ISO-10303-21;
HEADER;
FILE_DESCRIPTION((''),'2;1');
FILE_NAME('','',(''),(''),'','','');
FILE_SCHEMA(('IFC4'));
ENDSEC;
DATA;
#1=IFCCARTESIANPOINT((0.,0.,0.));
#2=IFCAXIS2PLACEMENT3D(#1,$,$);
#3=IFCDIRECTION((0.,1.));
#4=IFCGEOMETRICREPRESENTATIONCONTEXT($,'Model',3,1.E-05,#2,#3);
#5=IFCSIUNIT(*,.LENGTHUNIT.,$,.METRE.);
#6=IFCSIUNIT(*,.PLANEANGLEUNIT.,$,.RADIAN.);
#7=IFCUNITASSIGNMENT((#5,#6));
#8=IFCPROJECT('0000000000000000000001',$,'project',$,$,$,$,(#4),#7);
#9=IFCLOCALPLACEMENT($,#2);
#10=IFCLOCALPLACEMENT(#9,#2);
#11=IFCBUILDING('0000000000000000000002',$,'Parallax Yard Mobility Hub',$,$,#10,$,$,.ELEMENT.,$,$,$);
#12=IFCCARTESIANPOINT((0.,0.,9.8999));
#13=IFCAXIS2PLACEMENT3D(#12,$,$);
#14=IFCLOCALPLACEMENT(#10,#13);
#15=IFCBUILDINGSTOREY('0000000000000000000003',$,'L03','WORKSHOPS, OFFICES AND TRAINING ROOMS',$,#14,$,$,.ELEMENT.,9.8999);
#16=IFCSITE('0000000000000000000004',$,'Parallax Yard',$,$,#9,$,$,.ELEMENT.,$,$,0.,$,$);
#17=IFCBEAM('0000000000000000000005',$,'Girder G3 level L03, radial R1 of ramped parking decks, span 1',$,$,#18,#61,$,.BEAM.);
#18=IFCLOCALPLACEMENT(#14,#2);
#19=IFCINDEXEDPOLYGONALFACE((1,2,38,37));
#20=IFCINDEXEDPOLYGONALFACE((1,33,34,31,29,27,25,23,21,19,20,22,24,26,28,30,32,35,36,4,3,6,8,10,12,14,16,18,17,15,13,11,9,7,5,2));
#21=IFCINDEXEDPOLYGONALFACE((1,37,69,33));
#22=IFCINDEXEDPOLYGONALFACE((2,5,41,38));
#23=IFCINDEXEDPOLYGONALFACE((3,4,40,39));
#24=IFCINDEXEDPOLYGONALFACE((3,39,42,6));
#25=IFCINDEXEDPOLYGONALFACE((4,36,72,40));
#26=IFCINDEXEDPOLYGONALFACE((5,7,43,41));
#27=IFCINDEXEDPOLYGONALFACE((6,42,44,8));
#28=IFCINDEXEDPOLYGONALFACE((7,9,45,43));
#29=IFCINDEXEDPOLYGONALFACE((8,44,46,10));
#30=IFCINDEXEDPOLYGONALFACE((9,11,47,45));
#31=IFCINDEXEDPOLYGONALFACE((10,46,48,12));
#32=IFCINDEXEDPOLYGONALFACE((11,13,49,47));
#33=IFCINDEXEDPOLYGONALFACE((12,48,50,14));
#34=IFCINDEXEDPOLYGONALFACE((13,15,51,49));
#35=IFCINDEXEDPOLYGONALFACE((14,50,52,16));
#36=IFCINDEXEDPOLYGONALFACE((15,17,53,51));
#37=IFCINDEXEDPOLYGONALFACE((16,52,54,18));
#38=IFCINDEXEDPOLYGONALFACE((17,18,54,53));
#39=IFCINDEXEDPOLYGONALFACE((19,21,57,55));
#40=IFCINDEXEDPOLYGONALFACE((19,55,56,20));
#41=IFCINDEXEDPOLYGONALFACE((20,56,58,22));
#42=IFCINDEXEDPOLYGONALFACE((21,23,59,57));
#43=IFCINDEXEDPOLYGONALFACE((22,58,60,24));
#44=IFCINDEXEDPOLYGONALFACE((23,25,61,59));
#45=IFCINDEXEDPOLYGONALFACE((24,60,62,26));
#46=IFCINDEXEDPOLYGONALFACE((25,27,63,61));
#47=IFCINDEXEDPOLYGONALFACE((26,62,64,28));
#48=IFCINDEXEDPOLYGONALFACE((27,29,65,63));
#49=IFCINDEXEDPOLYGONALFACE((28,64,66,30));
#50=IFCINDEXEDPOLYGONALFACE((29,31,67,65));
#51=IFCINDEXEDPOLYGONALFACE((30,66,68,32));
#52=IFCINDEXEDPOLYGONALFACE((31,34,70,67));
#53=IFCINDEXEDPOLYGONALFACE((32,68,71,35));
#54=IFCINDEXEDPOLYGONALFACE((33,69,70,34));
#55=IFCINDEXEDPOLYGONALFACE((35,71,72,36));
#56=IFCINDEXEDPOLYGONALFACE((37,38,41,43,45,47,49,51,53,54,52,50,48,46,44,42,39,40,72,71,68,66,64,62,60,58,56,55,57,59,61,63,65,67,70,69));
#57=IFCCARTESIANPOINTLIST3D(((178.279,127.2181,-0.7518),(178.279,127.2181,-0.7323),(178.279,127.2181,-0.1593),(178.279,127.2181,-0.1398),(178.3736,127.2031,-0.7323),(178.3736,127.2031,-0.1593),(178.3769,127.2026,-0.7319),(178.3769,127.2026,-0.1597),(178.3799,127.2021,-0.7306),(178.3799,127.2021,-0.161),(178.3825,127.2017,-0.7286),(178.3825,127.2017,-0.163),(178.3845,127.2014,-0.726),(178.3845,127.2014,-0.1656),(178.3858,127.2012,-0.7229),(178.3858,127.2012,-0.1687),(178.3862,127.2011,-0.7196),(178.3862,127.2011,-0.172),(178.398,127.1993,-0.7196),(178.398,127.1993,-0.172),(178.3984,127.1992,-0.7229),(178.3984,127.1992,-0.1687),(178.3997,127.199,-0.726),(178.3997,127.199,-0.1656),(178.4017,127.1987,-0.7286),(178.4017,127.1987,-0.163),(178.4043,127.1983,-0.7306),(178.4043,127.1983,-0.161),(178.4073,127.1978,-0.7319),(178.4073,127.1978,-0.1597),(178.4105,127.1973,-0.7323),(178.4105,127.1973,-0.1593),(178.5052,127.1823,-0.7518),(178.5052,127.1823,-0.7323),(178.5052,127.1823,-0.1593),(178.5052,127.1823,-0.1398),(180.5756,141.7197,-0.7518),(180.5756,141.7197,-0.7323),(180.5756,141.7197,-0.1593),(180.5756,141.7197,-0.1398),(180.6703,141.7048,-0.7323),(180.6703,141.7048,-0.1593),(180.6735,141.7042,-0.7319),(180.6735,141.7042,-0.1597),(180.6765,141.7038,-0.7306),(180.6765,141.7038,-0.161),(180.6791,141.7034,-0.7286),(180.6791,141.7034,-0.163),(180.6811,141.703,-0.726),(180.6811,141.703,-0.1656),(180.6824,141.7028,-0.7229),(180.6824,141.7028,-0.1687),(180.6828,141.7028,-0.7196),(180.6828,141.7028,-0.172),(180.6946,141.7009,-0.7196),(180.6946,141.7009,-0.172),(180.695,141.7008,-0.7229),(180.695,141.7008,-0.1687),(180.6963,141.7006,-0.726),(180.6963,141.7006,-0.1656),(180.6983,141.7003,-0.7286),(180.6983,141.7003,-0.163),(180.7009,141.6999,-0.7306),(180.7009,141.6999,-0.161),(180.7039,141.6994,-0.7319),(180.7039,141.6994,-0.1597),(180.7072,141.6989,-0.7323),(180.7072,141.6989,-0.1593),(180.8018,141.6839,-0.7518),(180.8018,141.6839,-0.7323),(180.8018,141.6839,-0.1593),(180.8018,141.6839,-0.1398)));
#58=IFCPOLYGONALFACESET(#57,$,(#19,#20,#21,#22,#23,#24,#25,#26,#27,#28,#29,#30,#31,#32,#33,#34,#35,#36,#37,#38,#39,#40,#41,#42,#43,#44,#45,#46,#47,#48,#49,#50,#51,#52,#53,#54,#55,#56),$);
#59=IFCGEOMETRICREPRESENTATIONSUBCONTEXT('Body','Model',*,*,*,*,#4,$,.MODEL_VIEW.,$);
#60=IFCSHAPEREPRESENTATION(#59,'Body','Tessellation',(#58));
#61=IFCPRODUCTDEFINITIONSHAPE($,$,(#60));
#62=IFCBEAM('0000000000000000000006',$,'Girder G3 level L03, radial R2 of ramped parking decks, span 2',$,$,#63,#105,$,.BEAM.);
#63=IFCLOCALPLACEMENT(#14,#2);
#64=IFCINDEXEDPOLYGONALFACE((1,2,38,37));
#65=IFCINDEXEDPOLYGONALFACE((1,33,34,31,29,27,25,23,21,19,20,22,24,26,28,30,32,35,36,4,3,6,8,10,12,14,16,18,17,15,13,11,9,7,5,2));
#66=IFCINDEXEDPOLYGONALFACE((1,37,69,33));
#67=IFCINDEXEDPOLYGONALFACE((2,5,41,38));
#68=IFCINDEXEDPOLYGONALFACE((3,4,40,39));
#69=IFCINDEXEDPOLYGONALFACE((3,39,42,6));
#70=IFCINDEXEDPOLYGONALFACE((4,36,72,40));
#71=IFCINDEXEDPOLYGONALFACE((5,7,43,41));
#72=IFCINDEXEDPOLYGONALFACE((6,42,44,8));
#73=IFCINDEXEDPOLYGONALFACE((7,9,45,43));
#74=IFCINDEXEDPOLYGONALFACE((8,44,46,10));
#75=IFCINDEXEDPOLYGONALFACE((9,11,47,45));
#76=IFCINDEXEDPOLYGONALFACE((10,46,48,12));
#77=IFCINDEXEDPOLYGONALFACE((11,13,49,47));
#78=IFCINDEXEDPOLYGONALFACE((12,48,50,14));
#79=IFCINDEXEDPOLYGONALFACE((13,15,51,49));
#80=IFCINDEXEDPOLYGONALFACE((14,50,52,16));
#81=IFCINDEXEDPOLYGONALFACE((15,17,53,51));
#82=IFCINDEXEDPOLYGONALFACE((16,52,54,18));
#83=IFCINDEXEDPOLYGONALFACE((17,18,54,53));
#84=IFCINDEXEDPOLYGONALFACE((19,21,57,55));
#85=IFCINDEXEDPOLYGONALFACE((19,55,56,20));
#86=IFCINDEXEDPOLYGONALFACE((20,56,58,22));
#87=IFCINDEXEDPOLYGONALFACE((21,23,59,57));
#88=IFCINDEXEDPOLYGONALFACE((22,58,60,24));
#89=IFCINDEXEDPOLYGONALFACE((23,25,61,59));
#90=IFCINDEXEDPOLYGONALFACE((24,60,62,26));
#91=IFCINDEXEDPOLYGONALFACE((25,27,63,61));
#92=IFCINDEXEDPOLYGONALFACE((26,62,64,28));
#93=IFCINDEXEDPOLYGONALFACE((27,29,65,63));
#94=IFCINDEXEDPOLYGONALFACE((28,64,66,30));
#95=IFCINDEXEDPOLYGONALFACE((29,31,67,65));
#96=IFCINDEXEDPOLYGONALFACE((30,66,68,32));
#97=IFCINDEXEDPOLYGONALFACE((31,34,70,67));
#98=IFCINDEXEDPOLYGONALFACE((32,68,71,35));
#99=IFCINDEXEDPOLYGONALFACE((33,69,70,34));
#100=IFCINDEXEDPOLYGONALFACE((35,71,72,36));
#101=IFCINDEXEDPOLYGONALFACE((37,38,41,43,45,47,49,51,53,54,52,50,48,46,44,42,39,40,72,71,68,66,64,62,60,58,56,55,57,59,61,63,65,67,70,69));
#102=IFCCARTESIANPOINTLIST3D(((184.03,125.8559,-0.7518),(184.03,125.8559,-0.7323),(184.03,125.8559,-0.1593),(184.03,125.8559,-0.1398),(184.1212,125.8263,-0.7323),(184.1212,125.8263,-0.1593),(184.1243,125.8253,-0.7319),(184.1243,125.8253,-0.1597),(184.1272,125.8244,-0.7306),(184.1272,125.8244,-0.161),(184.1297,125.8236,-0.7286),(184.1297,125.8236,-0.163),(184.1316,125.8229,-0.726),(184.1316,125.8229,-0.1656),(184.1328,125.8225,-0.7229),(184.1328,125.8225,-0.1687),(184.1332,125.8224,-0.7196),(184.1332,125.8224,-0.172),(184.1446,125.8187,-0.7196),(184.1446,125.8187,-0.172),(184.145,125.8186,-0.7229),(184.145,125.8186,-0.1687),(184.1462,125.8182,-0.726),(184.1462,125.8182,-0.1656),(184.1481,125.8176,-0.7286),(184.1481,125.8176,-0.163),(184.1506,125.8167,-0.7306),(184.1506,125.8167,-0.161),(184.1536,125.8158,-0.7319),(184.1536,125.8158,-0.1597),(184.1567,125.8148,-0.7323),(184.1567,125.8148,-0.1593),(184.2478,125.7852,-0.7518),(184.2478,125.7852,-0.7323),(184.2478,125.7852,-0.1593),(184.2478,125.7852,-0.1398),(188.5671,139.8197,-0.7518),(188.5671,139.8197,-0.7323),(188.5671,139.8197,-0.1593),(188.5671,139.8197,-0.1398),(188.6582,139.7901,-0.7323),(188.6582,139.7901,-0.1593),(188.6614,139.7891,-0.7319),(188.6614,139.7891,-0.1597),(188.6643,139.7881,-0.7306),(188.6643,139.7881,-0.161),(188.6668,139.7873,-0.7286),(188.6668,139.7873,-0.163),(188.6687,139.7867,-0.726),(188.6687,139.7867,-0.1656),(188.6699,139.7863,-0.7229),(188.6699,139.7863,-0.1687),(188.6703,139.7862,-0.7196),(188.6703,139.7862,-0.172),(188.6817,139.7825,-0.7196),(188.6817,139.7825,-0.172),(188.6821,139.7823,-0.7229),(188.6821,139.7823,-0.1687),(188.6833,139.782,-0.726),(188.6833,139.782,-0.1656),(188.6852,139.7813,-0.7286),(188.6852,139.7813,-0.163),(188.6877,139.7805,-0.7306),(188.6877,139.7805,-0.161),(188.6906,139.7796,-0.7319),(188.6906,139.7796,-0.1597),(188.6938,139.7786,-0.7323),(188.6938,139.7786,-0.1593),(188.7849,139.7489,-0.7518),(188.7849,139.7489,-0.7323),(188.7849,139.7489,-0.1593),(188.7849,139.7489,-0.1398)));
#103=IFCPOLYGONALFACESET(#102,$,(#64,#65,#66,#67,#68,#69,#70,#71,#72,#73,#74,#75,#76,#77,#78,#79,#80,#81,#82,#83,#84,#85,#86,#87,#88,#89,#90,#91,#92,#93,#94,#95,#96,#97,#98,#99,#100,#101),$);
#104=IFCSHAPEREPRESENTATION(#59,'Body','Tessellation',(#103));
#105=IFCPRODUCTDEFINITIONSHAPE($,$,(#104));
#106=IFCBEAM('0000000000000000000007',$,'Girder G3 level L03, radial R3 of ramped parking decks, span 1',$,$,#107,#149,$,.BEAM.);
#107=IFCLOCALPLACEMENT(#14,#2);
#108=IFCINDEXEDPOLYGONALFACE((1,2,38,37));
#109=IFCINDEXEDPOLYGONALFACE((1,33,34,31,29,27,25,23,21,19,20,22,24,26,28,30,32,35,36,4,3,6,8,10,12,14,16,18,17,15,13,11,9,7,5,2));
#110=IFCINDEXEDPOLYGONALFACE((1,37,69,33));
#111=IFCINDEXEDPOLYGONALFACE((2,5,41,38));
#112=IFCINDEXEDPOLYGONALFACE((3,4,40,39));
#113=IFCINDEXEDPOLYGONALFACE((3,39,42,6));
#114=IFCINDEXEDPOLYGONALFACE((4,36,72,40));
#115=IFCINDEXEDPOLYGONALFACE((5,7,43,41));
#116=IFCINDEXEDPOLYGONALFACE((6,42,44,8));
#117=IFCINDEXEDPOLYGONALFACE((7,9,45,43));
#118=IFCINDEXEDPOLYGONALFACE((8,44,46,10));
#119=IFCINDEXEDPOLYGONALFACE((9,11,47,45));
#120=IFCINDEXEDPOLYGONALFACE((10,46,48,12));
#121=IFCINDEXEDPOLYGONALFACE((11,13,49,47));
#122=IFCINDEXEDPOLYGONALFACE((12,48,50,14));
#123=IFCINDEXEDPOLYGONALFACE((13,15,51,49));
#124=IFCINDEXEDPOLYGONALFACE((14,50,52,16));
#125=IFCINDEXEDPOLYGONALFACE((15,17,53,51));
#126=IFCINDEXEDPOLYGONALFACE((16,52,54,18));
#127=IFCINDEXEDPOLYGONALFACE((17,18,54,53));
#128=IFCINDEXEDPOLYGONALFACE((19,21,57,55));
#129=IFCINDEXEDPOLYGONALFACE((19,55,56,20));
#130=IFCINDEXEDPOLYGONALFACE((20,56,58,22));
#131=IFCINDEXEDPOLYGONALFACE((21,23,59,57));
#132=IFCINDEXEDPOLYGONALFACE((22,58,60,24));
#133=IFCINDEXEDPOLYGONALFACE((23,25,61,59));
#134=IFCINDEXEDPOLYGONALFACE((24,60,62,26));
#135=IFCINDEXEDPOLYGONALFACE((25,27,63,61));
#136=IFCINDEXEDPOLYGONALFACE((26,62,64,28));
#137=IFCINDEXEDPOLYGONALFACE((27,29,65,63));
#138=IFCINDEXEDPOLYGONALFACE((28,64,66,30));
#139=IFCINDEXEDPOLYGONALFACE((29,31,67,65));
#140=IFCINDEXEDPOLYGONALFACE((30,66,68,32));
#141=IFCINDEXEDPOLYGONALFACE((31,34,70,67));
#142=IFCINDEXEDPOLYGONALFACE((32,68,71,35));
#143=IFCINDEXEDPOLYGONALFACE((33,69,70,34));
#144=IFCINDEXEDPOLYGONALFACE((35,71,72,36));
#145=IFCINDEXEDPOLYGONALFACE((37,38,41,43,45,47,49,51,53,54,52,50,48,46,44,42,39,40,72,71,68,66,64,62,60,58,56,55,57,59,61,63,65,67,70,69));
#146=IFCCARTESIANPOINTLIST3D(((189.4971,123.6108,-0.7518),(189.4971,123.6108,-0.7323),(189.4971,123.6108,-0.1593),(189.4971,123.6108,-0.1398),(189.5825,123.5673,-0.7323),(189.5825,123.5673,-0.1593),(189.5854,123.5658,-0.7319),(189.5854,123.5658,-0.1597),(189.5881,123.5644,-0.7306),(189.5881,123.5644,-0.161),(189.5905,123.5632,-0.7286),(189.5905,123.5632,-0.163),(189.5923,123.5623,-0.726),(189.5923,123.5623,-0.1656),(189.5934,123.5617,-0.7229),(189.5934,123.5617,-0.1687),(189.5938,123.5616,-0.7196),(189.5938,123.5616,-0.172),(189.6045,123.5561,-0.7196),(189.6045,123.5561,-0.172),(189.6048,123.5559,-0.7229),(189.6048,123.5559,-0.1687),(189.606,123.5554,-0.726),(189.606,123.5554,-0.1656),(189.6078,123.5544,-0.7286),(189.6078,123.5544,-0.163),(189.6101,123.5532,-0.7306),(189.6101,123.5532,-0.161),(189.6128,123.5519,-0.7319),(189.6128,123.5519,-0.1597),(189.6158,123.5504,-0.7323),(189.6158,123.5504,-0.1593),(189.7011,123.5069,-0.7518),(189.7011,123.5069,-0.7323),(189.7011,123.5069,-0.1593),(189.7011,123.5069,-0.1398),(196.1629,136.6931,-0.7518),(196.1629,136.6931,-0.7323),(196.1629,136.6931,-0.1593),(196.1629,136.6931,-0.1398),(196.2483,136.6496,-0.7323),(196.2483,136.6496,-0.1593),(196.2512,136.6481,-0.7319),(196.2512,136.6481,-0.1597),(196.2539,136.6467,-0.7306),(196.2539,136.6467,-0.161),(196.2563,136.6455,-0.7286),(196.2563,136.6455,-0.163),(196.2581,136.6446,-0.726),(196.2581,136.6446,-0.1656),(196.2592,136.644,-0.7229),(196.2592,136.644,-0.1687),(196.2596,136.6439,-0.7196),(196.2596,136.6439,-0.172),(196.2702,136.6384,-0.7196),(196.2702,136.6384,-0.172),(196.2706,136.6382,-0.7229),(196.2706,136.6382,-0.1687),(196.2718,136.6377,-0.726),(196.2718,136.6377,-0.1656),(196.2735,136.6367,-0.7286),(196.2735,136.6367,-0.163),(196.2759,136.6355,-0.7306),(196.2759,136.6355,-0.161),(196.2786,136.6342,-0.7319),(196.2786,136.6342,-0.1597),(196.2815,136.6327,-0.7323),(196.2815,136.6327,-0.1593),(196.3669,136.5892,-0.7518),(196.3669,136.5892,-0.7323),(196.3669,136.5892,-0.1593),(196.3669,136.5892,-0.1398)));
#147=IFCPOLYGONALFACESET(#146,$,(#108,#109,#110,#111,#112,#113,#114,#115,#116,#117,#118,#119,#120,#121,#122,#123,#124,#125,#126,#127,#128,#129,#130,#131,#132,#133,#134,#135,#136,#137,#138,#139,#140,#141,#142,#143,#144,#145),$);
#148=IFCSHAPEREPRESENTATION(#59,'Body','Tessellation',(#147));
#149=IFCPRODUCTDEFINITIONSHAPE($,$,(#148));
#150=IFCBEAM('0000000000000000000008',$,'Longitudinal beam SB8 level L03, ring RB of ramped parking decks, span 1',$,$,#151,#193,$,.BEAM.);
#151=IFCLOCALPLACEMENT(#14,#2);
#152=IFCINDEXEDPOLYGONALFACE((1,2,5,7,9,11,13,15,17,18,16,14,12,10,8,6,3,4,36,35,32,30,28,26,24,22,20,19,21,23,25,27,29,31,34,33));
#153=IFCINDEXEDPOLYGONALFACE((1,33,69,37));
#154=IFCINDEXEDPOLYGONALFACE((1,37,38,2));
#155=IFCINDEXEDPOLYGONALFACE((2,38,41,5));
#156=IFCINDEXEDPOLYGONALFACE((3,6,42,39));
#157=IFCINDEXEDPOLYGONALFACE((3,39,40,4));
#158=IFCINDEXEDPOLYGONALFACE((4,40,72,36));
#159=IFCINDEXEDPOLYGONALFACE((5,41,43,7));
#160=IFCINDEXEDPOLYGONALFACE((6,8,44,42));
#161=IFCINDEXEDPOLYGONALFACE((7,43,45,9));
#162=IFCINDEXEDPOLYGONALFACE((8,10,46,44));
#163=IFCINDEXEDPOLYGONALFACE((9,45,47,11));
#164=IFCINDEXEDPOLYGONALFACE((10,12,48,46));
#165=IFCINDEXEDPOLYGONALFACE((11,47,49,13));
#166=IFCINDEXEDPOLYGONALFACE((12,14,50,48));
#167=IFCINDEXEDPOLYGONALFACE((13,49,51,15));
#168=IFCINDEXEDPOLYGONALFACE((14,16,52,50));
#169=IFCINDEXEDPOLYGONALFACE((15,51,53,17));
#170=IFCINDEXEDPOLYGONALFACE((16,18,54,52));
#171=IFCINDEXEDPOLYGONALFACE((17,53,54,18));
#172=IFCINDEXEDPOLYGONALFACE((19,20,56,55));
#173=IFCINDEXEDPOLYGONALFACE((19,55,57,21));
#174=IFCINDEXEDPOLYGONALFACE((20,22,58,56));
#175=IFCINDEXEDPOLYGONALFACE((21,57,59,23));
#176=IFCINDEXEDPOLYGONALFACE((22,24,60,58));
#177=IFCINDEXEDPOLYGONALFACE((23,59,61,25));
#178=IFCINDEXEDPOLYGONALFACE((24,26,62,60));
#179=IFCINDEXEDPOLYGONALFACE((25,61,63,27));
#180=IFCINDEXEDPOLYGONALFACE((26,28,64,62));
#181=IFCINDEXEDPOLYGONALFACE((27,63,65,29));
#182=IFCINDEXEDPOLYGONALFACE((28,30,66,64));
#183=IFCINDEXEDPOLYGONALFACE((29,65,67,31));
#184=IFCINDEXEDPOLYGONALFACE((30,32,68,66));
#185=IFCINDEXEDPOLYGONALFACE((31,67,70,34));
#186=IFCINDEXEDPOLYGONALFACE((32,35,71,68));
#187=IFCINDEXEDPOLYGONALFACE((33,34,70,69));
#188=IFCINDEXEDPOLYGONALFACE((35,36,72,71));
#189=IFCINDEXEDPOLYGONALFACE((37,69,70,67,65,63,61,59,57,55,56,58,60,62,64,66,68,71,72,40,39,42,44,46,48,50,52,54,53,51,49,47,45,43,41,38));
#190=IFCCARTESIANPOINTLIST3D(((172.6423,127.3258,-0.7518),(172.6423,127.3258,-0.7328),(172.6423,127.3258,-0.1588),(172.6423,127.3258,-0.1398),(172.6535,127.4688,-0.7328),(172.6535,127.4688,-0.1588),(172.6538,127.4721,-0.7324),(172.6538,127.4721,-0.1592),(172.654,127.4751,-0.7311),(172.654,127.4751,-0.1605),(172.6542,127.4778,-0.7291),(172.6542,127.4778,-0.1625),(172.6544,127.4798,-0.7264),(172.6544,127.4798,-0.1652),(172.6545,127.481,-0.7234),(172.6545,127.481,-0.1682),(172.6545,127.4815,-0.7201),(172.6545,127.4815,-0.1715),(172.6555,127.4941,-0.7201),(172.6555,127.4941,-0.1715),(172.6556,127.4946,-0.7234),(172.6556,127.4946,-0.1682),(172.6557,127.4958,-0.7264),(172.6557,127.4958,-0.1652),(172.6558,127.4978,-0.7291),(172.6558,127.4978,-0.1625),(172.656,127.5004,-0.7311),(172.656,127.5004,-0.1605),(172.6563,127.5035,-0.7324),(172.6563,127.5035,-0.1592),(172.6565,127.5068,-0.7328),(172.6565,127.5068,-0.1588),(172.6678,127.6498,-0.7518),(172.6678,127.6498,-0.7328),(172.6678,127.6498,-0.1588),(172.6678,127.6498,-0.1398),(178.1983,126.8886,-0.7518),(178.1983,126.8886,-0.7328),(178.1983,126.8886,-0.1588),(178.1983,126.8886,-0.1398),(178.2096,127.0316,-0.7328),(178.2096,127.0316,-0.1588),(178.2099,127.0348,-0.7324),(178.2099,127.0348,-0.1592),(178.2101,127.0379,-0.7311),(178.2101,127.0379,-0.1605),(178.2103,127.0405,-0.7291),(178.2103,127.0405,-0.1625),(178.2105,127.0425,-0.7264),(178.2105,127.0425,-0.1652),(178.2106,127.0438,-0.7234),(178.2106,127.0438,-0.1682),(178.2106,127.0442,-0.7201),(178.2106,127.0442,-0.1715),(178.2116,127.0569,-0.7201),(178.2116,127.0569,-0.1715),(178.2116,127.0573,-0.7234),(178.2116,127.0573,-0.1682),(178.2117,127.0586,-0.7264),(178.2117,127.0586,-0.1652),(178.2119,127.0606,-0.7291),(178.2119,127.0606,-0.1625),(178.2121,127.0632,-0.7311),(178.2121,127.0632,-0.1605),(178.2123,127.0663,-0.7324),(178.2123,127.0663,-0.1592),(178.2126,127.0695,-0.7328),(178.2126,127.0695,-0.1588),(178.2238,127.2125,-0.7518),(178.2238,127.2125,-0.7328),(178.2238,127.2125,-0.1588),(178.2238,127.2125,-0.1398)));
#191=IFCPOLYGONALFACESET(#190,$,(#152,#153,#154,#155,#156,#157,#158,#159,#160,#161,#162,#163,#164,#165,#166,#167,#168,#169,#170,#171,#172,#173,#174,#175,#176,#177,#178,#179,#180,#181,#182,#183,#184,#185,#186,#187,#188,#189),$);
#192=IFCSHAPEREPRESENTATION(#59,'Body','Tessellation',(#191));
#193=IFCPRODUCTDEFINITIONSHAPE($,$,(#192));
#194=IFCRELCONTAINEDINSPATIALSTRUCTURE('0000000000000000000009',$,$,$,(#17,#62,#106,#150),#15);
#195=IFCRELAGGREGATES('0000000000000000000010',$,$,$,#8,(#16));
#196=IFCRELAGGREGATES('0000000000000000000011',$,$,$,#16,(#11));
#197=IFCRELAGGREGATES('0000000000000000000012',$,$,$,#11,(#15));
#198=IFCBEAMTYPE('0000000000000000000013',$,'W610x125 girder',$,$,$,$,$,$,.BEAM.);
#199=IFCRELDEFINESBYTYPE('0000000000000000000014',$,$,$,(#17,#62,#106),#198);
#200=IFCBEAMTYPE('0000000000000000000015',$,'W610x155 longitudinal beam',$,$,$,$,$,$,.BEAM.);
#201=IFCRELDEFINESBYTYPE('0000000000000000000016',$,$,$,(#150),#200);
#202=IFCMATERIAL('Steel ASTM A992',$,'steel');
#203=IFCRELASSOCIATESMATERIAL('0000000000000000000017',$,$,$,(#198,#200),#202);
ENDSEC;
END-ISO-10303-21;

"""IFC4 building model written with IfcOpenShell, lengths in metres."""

from ifc_helpers import new_model, si_unit, direction, frame, origin, origin_2d, place, context, subcontext, project, spatial, i_section, extrude, material, material_profile, profile_set, type_object, element, save


model = new_model("IFC4")

# Units and contexts
model_context = context("Model", 3, precision=1e-05, world=origin(), true_north=direction((0.0, 1.0)))
body_context = subcontext(model_context, "Body", "Model", "MODEL_VIEW")
ifc_project = project(units=[si_unit("LENGTHUNIT", "METRE"), si_unit("PLANEANGLEUNIT", "RADIAN")], contexts=[model_context])

# Site, building, storey
site_placement = place(None, origin())
site = spatial("IfcSite", under=ifc_project, at=site_placement, Name="Parallax Yard", CompositionType="ELEMENT", RefElevation=0.0)
building_placement = place(site_placement, origin())
building = spatial("IfcBuilding", under=site, at=building_placement, Name="Parallax Yard Mobility Hub", CompositionType="ELEMENT")
storey_placement = place(building_placement, frame((0.0, 0.0, 9.8999)))
storey = spatial("IfcBuildingStorey", under=building, at=storey_placement, Name="L03", Description="WORKSHOPS, OFFICES AND TRAINING ROOMS", CompositionType="ELEMENT", Elevation=9.8999)

# Shared definitions
ifc_material_1 = material(Name="Steel ASTM A992", Category="steel")

# Beams
ifc_material_profile_1 = material_profile(ifc_material_1, i_section(OverallWidth=0.229, OverallDepth=0.6121, WebThickness=0.012, FlangeThickness=0.0195, FilletRadius=0.0127, at=origin_2d()), Name="W610x125")
ifc_profile_set_1 = profile_set([ifc_material_profile_1], Name="Steel ASTM A992")
beam_type_1 = type_object("IfcBeamType", Name="W610x125 girder", PredefinedType="BEAM", material=ifc_profile_set_1)
for number, where, z_axis, x_axis, name in (
    (1, (178.3921, 127.2002, -0.4458), (0.15642, 0.987691, 0.0), (-0.987691, 0.15642, 0.0), "Girder G3 level L03, radial R1 of ramped parking decks, span 1"),
    (2, (184.1389, 125.8206, -0.4458), (0.309015, 0.951057, 0.0), (-0.951057, 0.309015, 0.0), "Girder G3 level L03, radial R2 of ramped parking decks, span 2"),
):
    element("IfcBeam", number, at=place(storey_placement, frame(where, z_axis=z_axis, x_axis=x_axis)), inside=storey, type_object=beam_type_1, Name=name, PredefinedType="BEAM", context=body_context, shape_type="SweptSolid", body=[
        extrude(i_section(OverallWidth=0.229, OverallDepth=0.6121, WebThickness=0.012, FlangeThickness=0.0195, FilletRadius=0.0127, at=origin_2d()), origin(), (0.0, 0.0, 1.0), 14.6824),
    ])
beam_1_placement = place(storey_placement, frame((189.5991, 123.5588, -0.4458), z_axis=(0.453992, 0.891006, 0.0), x_axis=(-0.891006, 0.453992, 0.0)))
element("IfcBeam", 3, at=beam_1_placement, inside=storey, type_object=beam_type_1, Name="Girder G3 level L03, radial R3 of ramped parking decks, span 1", PredefinedType="BEAM", context=body_context, shape_type="SweptSolid", body=[
    extrude(i_section(OverallWidth=0.229, OverallDepth=0.6121, WebThickness=0.012, FlangeThickness=0.0195, FilletRadius=0.0127, at=origin_2d()), origin(), (0.0, 0.0, 1.0), 14.6826),
])
ifc_material_profile_2 = material_profile(ifc_material_1, i_section(OverallWidth=0.325, OverallDepth=0.6121, WebThickness=0.0127, FlangeThickness=0.019, FilletRadius=0.0127, at=origin_2d()), Name="W610x155")
ifc_profile_set_2 = profile_set([ifc_material_profile_2], Name="Steel ASTM A992")
beam_type_2 = type_object("IfcBeamType", Name="W610x155 longitudinal beam", PredefinedType="BEAM", material=ifc_profile_set_2)
beam_2_placement = place(storey_placement, frame((172.655, 127.4878, -0.4458), z_axis=(0.996918, -0.078455, 0.0), x_axis=(0.078455, 0.996918, 0.0)))
element("IfcBeam", 4, at=beam_2_placement, inside=storey, type_object=beam_type_2, Name="Longitudinal beam SB8 level L03, ring RB of ramped parking decks, span 1", PredefinedType="BEAM", context=body_context, shape_type="SweptSolid", body=[
    extrude(i_section(OverallWidth=0.325, OverallDepth=0.6121, WebThickness=0.0127, FlangeThickness=0.019, FilletRadius=0.0127, at=origin_2d()), origin(), (0.0, 0.0, 1.0), 5.5732),
])

save(model, "model.ifc")
